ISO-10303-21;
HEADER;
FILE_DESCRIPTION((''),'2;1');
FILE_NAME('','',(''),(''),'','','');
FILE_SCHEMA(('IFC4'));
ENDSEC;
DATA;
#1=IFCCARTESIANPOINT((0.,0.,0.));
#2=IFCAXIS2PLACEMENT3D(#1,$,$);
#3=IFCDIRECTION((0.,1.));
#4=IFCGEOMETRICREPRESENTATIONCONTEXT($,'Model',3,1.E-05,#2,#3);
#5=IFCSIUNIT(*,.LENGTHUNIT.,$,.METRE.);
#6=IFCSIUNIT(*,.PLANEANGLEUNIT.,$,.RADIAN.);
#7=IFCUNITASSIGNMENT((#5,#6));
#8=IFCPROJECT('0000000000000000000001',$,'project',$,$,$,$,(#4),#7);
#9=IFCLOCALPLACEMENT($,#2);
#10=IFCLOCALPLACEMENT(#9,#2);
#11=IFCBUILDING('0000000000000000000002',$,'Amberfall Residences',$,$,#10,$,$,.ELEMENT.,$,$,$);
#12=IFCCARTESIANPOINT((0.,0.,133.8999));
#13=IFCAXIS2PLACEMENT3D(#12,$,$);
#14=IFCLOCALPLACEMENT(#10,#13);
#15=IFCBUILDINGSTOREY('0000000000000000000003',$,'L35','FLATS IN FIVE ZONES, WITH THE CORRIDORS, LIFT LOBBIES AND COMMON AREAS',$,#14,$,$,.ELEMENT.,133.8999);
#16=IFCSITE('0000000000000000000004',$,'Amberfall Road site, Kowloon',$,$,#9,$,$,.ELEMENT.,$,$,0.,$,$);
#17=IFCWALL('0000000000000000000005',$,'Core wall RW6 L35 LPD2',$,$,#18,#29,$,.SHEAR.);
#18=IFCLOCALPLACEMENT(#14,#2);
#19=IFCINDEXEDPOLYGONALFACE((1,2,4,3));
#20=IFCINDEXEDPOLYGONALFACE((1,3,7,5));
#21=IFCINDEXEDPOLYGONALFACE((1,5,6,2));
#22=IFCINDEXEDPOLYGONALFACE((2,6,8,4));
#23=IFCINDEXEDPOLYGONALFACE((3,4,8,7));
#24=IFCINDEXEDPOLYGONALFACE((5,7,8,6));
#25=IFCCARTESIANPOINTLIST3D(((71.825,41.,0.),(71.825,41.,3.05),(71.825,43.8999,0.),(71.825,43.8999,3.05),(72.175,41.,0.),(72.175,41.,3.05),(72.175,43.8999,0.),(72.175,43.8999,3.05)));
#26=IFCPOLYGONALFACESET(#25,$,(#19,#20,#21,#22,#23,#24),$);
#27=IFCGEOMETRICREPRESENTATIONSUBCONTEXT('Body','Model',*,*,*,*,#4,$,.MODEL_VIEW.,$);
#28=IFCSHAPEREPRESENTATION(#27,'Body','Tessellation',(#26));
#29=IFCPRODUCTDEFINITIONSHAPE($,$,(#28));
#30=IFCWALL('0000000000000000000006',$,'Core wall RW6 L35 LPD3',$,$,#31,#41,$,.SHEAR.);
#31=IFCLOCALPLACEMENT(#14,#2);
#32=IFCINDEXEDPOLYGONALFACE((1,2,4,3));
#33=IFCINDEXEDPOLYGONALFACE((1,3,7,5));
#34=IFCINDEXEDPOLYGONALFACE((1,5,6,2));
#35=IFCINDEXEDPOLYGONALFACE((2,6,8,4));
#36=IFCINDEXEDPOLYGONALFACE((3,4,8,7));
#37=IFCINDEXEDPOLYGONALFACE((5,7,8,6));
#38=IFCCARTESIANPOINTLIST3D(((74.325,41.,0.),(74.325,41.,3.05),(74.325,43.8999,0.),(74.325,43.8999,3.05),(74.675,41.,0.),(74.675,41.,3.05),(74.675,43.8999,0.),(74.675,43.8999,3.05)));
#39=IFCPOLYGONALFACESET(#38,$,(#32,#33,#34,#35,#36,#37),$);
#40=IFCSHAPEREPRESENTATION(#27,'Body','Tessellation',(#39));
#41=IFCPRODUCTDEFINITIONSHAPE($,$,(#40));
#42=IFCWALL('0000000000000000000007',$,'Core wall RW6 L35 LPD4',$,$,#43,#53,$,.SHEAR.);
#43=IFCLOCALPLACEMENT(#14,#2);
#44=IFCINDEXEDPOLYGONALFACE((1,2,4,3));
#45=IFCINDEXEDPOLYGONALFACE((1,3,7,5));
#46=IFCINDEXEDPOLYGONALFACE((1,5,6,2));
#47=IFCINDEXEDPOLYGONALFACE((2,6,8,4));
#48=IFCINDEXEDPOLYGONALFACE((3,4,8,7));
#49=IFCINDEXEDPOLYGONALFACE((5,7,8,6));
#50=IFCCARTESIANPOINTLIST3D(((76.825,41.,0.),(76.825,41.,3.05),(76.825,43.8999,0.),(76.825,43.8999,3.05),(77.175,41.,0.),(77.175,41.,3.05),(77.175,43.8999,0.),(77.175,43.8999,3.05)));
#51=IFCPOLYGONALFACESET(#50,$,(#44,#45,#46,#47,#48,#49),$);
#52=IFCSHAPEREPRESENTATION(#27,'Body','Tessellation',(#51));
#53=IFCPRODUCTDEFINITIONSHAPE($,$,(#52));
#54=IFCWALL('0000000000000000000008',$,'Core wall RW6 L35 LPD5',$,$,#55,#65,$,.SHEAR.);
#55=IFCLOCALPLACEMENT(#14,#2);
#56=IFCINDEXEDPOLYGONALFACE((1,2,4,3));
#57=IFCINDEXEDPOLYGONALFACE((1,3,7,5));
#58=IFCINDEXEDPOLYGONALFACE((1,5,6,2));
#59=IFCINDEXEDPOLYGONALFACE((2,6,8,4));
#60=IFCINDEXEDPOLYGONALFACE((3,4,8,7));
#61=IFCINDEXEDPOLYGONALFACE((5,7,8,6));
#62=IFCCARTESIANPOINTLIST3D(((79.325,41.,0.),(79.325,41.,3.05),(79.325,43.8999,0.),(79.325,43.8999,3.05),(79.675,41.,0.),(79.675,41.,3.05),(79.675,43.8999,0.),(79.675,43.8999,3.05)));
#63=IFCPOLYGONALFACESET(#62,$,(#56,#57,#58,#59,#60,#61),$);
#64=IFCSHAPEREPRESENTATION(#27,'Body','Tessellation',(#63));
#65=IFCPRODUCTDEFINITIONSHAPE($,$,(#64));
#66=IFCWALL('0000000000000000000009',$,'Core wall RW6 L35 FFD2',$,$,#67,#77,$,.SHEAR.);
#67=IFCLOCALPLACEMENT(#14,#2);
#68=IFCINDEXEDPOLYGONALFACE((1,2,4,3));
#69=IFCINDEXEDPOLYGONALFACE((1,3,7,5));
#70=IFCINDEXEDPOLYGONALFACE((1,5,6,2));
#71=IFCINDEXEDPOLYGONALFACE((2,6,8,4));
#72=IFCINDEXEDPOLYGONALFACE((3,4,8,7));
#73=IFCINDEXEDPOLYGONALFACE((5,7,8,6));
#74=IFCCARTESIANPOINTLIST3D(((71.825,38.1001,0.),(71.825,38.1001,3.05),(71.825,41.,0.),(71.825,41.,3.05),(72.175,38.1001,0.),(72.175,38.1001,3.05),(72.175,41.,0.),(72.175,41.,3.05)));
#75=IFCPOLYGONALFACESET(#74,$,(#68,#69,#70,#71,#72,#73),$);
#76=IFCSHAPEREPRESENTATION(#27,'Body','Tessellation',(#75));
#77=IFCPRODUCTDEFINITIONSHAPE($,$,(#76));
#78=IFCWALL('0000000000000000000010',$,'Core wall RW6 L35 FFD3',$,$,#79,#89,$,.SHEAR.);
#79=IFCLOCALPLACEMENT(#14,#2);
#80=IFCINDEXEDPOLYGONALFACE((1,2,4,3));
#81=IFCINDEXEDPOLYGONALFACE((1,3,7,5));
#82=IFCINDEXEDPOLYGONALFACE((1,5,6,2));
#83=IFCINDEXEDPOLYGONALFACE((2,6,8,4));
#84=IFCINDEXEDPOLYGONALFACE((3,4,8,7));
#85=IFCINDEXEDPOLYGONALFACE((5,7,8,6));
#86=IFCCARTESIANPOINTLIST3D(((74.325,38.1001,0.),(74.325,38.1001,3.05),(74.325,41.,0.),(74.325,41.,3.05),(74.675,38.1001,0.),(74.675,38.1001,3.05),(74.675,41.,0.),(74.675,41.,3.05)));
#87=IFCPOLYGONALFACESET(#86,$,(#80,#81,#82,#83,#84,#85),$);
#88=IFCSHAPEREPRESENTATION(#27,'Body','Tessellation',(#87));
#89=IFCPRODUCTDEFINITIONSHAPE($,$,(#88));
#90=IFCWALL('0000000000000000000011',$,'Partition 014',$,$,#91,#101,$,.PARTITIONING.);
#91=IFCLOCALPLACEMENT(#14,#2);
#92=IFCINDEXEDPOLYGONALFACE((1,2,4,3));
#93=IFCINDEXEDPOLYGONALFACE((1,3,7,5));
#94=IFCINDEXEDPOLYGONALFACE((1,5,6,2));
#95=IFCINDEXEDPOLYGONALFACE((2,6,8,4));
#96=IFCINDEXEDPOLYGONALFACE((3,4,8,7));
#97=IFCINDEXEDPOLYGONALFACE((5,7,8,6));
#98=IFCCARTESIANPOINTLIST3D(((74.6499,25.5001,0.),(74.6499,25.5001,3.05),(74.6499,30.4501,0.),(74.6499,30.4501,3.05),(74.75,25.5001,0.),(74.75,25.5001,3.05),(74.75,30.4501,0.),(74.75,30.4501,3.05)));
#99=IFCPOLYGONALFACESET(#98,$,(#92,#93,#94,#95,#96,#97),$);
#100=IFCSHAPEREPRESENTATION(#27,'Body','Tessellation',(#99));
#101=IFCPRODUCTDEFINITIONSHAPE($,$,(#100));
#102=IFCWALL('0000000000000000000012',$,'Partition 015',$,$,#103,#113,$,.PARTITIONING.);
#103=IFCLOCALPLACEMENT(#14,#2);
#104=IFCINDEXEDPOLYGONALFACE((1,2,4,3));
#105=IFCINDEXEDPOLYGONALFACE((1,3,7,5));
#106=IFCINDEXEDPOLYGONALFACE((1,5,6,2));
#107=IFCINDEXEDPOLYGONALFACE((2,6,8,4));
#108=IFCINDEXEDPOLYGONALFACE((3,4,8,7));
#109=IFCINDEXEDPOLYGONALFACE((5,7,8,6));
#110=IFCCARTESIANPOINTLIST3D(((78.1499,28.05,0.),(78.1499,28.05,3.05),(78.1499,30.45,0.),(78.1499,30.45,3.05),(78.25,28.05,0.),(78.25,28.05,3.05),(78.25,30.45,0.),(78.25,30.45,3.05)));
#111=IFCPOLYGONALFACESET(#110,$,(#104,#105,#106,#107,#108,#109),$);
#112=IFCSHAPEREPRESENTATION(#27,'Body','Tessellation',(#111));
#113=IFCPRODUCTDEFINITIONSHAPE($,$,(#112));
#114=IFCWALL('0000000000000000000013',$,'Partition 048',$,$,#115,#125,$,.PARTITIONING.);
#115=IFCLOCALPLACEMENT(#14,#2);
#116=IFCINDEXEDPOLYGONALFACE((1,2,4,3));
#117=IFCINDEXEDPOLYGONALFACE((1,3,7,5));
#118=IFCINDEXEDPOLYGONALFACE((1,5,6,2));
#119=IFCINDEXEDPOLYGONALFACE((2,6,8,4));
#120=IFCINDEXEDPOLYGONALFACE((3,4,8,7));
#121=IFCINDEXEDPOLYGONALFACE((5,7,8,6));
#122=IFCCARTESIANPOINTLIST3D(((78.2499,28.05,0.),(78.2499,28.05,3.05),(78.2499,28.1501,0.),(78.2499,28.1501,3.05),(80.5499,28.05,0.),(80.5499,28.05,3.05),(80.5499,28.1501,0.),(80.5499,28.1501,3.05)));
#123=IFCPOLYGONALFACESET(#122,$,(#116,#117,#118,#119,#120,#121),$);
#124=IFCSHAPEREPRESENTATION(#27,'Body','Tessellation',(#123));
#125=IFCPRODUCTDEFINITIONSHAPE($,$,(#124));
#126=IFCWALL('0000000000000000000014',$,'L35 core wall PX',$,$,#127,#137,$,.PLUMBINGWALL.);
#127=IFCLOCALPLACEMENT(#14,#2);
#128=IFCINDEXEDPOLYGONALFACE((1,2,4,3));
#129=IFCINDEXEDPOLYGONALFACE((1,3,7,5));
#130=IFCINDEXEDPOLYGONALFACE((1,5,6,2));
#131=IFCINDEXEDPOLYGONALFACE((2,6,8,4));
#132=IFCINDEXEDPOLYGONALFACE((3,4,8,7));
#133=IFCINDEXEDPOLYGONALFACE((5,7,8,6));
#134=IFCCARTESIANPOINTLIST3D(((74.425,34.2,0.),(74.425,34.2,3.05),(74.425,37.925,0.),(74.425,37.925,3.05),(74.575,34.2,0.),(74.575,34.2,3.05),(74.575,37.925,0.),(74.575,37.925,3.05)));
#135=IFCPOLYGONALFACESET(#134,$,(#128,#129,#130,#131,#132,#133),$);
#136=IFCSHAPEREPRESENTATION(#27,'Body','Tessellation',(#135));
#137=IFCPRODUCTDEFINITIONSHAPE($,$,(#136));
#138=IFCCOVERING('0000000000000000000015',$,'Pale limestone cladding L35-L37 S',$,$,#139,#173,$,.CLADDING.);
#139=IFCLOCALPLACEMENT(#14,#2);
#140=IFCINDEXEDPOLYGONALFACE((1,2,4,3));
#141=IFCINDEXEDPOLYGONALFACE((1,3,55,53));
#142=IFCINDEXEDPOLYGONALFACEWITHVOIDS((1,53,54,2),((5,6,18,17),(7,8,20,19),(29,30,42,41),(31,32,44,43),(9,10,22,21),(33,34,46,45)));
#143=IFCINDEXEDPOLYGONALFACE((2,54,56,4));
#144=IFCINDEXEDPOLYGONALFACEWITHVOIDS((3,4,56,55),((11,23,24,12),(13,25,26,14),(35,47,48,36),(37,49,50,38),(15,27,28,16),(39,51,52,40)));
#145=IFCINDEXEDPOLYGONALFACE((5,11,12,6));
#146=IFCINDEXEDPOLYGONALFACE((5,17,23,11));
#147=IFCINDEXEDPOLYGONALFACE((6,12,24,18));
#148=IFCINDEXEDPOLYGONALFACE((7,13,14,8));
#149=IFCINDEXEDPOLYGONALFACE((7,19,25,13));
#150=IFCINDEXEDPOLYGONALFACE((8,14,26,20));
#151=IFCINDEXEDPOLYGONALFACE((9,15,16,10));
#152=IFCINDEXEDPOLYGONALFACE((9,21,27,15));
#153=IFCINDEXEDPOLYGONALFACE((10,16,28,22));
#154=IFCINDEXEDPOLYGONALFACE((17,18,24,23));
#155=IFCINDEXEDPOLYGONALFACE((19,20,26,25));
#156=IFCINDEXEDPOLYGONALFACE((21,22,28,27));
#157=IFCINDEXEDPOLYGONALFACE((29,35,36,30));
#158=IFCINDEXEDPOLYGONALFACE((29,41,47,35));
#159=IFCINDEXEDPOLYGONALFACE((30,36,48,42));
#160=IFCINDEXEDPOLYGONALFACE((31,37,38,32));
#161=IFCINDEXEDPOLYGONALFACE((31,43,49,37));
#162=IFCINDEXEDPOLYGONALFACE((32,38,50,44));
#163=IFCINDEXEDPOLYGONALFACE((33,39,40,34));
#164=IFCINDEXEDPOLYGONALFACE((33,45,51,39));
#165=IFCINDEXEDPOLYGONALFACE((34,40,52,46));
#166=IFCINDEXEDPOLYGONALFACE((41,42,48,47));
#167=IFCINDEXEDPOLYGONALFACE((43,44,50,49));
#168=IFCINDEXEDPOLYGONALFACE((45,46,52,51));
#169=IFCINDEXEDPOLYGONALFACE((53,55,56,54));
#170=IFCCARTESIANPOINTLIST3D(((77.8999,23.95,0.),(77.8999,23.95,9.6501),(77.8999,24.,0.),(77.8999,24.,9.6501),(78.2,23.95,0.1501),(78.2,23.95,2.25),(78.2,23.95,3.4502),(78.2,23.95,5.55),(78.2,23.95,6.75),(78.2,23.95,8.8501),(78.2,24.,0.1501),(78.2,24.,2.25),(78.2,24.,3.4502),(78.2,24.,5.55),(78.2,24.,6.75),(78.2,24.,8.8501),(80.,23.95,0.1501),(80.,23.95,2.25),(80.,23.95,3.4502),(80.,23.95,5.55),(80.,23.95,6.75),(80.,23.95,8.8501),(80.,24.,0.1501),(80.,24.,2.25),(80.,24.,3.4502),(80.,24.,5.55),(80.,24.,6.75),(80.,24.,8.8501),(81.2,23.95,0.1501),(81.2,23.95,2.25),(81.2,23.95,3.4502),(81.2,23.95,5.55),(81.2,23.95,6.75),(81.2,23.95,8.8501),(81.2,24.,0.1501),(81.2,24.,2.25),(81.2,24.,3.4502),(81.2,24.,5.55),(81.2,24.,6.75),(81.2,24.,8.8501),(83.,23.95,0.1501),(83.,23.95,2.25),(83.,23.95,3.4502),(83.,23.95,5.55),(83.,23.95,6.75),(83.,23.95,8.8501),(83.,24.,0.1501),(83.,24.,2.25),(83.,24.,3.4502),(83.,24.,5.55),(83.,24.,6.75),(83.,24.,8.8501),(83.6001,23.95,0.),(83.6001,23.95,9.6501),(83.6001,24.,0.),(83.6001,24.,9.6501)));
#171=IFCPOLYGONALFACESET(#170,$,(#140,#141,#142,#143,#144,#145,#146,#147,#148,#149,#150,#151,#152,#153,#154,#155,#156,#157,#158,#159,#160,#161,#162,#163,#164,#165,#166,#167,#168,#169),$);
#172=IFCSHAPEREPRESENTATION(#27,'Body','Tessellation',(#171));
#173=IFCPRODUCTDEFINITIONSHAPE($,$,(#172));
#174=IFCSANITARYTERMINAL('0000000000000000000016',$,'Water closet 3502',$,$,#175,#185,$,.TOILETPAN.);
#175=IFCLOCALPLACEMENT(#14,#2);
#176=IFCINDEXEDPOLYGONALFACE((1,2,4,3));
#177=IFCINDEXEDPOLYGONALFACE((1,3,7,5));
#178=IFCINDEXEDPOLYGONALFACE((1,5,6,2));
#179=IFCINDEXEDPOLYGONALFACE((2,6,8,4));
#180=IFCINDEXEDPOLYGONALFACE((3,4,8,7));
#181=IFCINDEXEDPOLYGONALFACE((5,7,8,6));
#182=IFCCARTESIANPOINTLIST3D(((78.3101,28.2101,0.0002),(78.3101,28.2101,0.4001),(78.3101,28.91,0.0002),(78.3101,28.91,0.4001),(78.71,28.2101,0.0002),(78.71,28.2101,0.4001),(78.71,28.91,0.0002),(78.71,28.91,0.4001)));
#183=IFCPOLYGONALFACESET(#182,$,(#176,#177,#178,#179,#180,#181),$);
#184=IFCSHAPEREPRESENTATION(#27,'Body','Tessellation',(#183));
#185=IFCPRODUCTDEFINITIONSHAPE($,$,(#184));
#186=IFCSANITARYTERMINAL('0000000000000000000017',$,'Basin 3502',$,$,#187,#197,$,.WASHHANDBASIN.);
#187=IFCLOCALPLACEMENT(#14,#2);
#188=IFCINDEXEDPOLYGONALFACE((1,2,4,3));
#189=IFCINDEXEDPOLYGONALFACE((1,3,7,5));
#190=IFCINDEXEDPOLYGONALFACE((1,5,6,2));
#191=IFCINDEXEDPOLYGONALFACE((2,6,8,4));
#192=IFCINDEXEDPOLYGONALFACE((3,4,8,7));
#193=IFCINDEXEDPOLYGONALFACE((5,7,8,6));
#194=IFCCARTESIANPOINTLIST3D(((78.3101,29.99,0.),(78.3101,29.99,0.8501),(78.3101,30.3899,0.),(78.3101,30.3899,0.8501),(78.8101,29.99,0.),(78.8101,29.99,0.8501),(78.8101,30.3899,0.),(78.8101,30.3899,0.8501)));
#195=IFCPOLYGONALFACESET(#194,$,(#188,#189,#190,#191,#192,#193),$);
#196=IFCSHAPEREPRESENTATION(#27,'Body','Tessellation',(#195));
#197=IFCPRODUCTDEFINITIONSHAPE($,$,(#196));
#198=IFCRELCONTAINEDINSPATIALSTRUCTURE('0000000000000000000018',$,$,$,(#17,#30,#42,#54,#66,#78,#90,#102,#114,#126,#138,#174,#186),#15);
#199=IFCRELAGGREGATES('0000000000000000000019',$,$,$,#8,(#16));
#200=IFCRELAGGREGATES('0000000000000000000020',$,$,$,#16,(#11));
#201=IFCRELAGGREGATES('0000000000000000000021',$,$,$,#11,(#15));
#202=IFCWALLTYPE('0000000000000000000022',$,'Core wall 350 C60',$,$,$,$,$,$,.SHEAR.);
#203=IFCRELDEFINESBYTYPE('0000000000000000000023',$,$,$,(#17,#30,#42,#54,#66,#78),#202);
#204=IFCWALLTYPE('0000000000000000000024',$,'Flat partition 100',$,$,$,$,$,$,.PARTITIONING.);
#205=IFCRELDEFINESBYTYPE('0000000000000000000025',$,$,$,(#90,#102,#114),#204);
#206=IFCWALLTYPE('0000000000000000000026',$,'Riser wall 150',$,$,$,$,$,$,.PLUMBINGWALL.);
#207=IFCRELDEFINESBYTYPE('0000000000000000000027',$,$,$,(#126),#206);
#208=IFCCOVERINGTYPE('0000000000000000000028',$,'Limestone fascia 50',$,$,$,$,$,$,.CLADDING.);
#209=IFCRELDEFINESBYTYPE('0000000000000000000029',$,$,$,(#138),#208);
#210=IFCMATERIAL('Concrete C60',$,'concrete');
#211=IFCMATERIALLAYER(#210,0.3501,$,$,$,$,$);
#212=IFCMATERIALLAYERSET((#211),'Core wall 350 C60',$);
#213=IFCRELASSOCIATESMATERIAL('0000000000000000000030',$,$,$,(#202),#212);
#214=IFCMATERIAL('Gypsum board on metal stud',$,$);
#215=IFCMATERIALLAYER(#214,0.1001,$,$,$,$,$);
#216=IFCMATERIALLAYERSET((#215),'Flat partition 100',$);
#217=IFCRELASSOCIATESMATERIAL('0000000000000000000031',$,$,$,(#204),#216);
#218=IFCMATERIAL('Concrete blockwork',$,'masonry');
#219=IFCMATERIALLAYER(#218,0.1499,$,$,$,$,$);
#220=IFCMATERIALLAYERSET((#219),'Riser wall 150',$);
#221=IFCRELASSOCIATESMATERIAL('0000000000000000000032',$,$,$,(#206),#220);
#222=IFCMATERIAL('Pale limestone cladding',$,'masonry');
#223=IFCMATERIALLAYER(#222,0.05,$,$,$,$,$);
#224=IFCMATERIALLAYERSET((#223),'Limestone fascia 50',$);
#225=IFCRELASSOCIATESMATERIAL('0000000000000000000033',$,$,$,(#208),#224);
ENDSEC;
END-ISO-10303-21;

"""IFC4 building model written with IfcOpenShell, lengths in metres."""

from ifc_helpers import new_model, si_unit, direction, frame, frame_2d, origin, origin_2d, place, context, subcontext, project, spatial, polyline, rectangle, outline, extrude, material, layer, layer_set, type_object, element, save


model = new_model("IFC4")

# Units and contexts
model_context = context("Model", 3, precision=1e-05, world=origin(), true_north=direction((0.0, 1.0)))
body_context = subcontext(model_context, "Body", "Model", "MODEL_VIEW")
ifc_project = project(units=[si_unit("LENGTHUNIT", "METRE"), si_unit("PLANEANGLEUNIT", "RADIAN")], contexts=[model_context])

# Site, building, storey
site_placement = place(None, origin())
site = spatial("IfcSite", under=ifc_project, at=site_placement, Name="Amberfall Road site, Kowloon", CompositionType="ELEMENT", RefElevation=0.0)
building_placement = place(site_placement, origin())
building = spatial("IfcBuilding", under=site, at=building_placement, Name="Amberfall Residences", CompositionType="ELEMENT")
storey_placement = place(building_placement, frame((0.0, 0.0, 133.8999)))
storey = spatial("IfcBuildingStorey", under=building, at=storey_placement, Name="L35", Description="FLATS IN FIVE ZONES, WITH THE CORRIDORS, LIFT LOBBIES AND COMMON AREAS", CompositionType="ELEMENT", Elevation=133.8999)

# Shared definitions
ifc_material_1 = material(Name="Concrete C60", Category="concrete")

# Walls
ifc_layer_1 = layer(ifc_material_1, 0.3501)
ifc_layer_set_1 = layer_set([ifc_layer_1], Name="Core wall 350 C60")
wall_type_1 = type_object("IfcWallType", Name="Core wall 350 C60", PredefinedType="SHEAR", material=ifc_layer_set_1)
for number, where, z_axis, x_axis, name in (
    (1, (72.0, 41.0, 0.0), (0.0, 0.0, 1.0), (0.0, 1.0, 0.0), "Core wall RW6 L35 LPD2"),
    (2, (74.5, 41.0, 0.0), (0.0, 0.0, 1.0), (0.0, 1.0, 0.0), "Core wall RW6 L35 LPD3"),
    (3, (77.0, 41.0, 0.0), (0.0, 0.0, 1.0), (0.0, 1.0, 0.0), "Core wall RW6 L35 LPD4"),
    (4, (79.5, 41.0, 0.0), (0.0, 0.0, 1.0), (0.0, 1.0, 0.0), "Core wall RW6 L35 LPD5"),
    (5, (72.0, 38.1001, 0.0), (0.0, 0.0, 1.0), (0.0, 1.0, 0.0), "Core wall RW6 L35 FFD2"),
    (6, (74.5, 38.1001, 0.0), (0.0, 0.0, 1.0), (0.0, 1.0, 0.0), "Core wall RW6 L35 FFD3"),
):
    element("IfcWall", number, at=place(storey_placement, frame(where, z_axis=z_axis, x_axis=x_axis)), inside=storey, type_object=wall_type_1, Name=name, PredefinedType="SHEAR", context=body_context, shape_type="SweptSolid", body=[
        extrude(rectangle(XDim=2.8999, YDim=0.3501, at=frame_2d((1.45, 0.0))), origin(), (0.0, 0.0, 1.0), 3.05),
    ])
ifc_material_2 = material(Name="Gypsum board on metal stud")
ifc_layer_2 = layer(ifc_material_2, 0.1001)
ifc_layer_set_2 = layer_set([ifc_layer_2], Name="Flat partition 100")
wall_type_2 = type_object("IfcWallType", Name="Flat partition 100", PredefinedType="PARTITIONING", material=ifc_layer_set_2)
wall_1_placement = place(storey_placement, frame((74.7, 25.5, 0.0), z_axis=(0.0, 0.0, 1.0), x_axis=(0.0, 1.0, 0.0)))
element("IfcWall", 7, at=wall_1_placement, inside=storey, type_object=wall_type_2, Name="Partition 014", PredefinedType="PARTITIONING", context=body_context, shape_type="SweptSolid", body=[
    extrude(rectangle(XDim=4.95, YDim=0.1001, at=frame_2d((2.4751, 0.0))), origin(), (0.0, 0.0, 1.0), 3.05),
])
wall_2_placement = place(storey_placement, frame((78.2, 28.05, 0.0), z_axis=(0.0, 0.0, 1.0), x_axis=(0.0, 1.0, 0.0)))
element("IfcWall", 8, at=wall_2_placement, inside=storey, type_object=wall_type_2, Name="Partition 015", PredefinedType="PARTITIONING", context=body_context, shape_type="SweptSolid", body=[
    extrude(rectangle(XDim=2.3999, YDim=0.1001, at=frame_2d((1.2, 0.0))), origin(), (0.0, 0.0, 1.0), 3.05),
])
wall_3_placement = place(storey_placement, frame((78.25, 28.1001, 0.0), z_axis=(0.0, 0.0, 1.0), x_axis=(1.0, 0.0, 0.0)))
element("IfcWall", 9, at=wall_3_placement, inside=storey, type_object=wall_type_2, Name="Partition 048", PredefinedType="PARTITIONING", context=body_context, shape_type="SweptSolid", body=[
    extrude(rectangle(XDim=2.3, YDim=0.1001, at=frame_2d((1.1499, 0.0))), origin(), (0.0, 0.0, 1.0), 3.05),
])
ifc_material_3 = material(Name="Concrete blockwork", Category="masonry")
ifc_layer_3 = layer(ifc_material_3, 0.1499)
ifc_layer_set_3 = layer_set([ifc_layer_3], Name="Riser wall 150")
wall_type_3 = type_object("IfcWallType", Name="Riser wall 150", PredefinedType="PLUMBINGWALL", material=ifc_layer_set_3)
wall_4_placement = place(storey_placement, frame((74.5, 34.2, 0.0), z_axis=(0.0, 0.0, 1.0), x_axis=(0.0, 1.0, 0.0)))
element("IfcWall", 10, at=wall_4_placement, inside=storey, type_object=wall_type_3, Name="L35 core wall PX", PredefinedType="PLUMBINGWALL", context=body_context, shape_type="SweptSolid", body=[
    extrude(rectangle(XDim=3.7251, YDim=0.1499, at=frame_2d((1.8625, 0.0))), origin(), (0.0, 0.0, 1.0), 3.05),
])

# Covering
ifc_material_4 = material(Name="Pale limestone cladding", Category="masonry")
ifc_layer_4 = layer(ifc_material_4, 0.05)
ifc_layer_set_4 = layer_set([ifc_layer_4], Name="Limestone fascia 50")
covering_type = type_object("IfcCoveringType", Name="Limestone fascia 50", PredefinedType="CLADDING", material=ifc_layer_set_4)
covering_placement = place(storey_placement, frame((77.8999, 24.0, 9.6501), z_axis=(0.0, 1.0, 0.0), x_axis=(1.0, 0.0, 0.0)))
element("IfcCovering", 11, at=covering_placement, inside=storey, type_object=covering_type, Name="Pale limestone cladding L35-L37 S", PredefinedType="CLADDING", context=body_context, shape_type="SweptSolid", body=[
    extrude(outline(polyline([(0.0, 0.0), (5.7002, 0.0), (5.7002, 9.6501), (0.0, 9.6501), (0.0, 0.0)]), holes=[polyline([(0.3, 7.4001), (2.1001, 7.4001), (2.1001, 9.5), (0.3, 9.5), (0.3, 7.4001)]), polyline([(3.3, 7.4001), (5.1001, 7.4001), (5.1001, 9.5), (3.3, 9.5), (3.3, 7.4001)]), polyline([(0.3, 4.1001), (2.1001, 4.1001), (2.1001, 6.2), (0.3, 6.2), (0.3, 4.1001)]), polyline([(3.3, 4.1001), (5.1001, 4.1001), (5.1001, 6.2), (3.3, 6.2), (3.3, 4.1001)]), polyline([(0.3, 0.8), (2.1001, 0.8), (2.1001, 2.9001), (0.3, 2.9001), (0.3, 0.8)]), polyline([(3.3, 0.8), (5.1001, 0.8), (5.1001, 2.9001), (3.3, 2.9001), (3.3, 0.8)])]), origin(), (0.0, 0.0, -1.0), 0.05),
])

# Sanitary terminals
sanitary_terminal_1_placement = place(storey_placement, frame((78.51, 28.5601, 0.0002), z_axis=(0.0, 0.0, 1.0), x_axis=(1.0, 0.0, 0.0)))
element("IfcSanitaryTerminal", 12, at=sanitary_terminal_1_placement, inside=storey, Name="Water closet 3502", PredefinedType="TOILETPAN", context=body_context, shape_type="SweptSolid", body=[
    extrude(rectangle(XDim=0.3999, YDim=0.7, at=origin_2d()), origin(), (0.0, 0.0, 1.0), 0.3999),
])
sanitary_terminal_2_placement = place(storey_placement, frame((78.5601, 30.1899, 0.0), z_axis=(0.0, 0.0, 1.0), x_axis=(1.0, 0.0, 0.0)))
element("IfcSanitaryTerminal", 13, at=sanitary_terminal_2_placement, inside=storey, Name="Basin 3502", PredefinedType="WASHHANDBASIN", context=body_context, shape_type="SweptSolid", body=[
    extrude(rectangle(XDim=0.5, YDim=0.3999, at=origin_2d()), origin(), (0.0, 0.0, 1.0), 0.8501),
])

save(model, "model.ifc")
